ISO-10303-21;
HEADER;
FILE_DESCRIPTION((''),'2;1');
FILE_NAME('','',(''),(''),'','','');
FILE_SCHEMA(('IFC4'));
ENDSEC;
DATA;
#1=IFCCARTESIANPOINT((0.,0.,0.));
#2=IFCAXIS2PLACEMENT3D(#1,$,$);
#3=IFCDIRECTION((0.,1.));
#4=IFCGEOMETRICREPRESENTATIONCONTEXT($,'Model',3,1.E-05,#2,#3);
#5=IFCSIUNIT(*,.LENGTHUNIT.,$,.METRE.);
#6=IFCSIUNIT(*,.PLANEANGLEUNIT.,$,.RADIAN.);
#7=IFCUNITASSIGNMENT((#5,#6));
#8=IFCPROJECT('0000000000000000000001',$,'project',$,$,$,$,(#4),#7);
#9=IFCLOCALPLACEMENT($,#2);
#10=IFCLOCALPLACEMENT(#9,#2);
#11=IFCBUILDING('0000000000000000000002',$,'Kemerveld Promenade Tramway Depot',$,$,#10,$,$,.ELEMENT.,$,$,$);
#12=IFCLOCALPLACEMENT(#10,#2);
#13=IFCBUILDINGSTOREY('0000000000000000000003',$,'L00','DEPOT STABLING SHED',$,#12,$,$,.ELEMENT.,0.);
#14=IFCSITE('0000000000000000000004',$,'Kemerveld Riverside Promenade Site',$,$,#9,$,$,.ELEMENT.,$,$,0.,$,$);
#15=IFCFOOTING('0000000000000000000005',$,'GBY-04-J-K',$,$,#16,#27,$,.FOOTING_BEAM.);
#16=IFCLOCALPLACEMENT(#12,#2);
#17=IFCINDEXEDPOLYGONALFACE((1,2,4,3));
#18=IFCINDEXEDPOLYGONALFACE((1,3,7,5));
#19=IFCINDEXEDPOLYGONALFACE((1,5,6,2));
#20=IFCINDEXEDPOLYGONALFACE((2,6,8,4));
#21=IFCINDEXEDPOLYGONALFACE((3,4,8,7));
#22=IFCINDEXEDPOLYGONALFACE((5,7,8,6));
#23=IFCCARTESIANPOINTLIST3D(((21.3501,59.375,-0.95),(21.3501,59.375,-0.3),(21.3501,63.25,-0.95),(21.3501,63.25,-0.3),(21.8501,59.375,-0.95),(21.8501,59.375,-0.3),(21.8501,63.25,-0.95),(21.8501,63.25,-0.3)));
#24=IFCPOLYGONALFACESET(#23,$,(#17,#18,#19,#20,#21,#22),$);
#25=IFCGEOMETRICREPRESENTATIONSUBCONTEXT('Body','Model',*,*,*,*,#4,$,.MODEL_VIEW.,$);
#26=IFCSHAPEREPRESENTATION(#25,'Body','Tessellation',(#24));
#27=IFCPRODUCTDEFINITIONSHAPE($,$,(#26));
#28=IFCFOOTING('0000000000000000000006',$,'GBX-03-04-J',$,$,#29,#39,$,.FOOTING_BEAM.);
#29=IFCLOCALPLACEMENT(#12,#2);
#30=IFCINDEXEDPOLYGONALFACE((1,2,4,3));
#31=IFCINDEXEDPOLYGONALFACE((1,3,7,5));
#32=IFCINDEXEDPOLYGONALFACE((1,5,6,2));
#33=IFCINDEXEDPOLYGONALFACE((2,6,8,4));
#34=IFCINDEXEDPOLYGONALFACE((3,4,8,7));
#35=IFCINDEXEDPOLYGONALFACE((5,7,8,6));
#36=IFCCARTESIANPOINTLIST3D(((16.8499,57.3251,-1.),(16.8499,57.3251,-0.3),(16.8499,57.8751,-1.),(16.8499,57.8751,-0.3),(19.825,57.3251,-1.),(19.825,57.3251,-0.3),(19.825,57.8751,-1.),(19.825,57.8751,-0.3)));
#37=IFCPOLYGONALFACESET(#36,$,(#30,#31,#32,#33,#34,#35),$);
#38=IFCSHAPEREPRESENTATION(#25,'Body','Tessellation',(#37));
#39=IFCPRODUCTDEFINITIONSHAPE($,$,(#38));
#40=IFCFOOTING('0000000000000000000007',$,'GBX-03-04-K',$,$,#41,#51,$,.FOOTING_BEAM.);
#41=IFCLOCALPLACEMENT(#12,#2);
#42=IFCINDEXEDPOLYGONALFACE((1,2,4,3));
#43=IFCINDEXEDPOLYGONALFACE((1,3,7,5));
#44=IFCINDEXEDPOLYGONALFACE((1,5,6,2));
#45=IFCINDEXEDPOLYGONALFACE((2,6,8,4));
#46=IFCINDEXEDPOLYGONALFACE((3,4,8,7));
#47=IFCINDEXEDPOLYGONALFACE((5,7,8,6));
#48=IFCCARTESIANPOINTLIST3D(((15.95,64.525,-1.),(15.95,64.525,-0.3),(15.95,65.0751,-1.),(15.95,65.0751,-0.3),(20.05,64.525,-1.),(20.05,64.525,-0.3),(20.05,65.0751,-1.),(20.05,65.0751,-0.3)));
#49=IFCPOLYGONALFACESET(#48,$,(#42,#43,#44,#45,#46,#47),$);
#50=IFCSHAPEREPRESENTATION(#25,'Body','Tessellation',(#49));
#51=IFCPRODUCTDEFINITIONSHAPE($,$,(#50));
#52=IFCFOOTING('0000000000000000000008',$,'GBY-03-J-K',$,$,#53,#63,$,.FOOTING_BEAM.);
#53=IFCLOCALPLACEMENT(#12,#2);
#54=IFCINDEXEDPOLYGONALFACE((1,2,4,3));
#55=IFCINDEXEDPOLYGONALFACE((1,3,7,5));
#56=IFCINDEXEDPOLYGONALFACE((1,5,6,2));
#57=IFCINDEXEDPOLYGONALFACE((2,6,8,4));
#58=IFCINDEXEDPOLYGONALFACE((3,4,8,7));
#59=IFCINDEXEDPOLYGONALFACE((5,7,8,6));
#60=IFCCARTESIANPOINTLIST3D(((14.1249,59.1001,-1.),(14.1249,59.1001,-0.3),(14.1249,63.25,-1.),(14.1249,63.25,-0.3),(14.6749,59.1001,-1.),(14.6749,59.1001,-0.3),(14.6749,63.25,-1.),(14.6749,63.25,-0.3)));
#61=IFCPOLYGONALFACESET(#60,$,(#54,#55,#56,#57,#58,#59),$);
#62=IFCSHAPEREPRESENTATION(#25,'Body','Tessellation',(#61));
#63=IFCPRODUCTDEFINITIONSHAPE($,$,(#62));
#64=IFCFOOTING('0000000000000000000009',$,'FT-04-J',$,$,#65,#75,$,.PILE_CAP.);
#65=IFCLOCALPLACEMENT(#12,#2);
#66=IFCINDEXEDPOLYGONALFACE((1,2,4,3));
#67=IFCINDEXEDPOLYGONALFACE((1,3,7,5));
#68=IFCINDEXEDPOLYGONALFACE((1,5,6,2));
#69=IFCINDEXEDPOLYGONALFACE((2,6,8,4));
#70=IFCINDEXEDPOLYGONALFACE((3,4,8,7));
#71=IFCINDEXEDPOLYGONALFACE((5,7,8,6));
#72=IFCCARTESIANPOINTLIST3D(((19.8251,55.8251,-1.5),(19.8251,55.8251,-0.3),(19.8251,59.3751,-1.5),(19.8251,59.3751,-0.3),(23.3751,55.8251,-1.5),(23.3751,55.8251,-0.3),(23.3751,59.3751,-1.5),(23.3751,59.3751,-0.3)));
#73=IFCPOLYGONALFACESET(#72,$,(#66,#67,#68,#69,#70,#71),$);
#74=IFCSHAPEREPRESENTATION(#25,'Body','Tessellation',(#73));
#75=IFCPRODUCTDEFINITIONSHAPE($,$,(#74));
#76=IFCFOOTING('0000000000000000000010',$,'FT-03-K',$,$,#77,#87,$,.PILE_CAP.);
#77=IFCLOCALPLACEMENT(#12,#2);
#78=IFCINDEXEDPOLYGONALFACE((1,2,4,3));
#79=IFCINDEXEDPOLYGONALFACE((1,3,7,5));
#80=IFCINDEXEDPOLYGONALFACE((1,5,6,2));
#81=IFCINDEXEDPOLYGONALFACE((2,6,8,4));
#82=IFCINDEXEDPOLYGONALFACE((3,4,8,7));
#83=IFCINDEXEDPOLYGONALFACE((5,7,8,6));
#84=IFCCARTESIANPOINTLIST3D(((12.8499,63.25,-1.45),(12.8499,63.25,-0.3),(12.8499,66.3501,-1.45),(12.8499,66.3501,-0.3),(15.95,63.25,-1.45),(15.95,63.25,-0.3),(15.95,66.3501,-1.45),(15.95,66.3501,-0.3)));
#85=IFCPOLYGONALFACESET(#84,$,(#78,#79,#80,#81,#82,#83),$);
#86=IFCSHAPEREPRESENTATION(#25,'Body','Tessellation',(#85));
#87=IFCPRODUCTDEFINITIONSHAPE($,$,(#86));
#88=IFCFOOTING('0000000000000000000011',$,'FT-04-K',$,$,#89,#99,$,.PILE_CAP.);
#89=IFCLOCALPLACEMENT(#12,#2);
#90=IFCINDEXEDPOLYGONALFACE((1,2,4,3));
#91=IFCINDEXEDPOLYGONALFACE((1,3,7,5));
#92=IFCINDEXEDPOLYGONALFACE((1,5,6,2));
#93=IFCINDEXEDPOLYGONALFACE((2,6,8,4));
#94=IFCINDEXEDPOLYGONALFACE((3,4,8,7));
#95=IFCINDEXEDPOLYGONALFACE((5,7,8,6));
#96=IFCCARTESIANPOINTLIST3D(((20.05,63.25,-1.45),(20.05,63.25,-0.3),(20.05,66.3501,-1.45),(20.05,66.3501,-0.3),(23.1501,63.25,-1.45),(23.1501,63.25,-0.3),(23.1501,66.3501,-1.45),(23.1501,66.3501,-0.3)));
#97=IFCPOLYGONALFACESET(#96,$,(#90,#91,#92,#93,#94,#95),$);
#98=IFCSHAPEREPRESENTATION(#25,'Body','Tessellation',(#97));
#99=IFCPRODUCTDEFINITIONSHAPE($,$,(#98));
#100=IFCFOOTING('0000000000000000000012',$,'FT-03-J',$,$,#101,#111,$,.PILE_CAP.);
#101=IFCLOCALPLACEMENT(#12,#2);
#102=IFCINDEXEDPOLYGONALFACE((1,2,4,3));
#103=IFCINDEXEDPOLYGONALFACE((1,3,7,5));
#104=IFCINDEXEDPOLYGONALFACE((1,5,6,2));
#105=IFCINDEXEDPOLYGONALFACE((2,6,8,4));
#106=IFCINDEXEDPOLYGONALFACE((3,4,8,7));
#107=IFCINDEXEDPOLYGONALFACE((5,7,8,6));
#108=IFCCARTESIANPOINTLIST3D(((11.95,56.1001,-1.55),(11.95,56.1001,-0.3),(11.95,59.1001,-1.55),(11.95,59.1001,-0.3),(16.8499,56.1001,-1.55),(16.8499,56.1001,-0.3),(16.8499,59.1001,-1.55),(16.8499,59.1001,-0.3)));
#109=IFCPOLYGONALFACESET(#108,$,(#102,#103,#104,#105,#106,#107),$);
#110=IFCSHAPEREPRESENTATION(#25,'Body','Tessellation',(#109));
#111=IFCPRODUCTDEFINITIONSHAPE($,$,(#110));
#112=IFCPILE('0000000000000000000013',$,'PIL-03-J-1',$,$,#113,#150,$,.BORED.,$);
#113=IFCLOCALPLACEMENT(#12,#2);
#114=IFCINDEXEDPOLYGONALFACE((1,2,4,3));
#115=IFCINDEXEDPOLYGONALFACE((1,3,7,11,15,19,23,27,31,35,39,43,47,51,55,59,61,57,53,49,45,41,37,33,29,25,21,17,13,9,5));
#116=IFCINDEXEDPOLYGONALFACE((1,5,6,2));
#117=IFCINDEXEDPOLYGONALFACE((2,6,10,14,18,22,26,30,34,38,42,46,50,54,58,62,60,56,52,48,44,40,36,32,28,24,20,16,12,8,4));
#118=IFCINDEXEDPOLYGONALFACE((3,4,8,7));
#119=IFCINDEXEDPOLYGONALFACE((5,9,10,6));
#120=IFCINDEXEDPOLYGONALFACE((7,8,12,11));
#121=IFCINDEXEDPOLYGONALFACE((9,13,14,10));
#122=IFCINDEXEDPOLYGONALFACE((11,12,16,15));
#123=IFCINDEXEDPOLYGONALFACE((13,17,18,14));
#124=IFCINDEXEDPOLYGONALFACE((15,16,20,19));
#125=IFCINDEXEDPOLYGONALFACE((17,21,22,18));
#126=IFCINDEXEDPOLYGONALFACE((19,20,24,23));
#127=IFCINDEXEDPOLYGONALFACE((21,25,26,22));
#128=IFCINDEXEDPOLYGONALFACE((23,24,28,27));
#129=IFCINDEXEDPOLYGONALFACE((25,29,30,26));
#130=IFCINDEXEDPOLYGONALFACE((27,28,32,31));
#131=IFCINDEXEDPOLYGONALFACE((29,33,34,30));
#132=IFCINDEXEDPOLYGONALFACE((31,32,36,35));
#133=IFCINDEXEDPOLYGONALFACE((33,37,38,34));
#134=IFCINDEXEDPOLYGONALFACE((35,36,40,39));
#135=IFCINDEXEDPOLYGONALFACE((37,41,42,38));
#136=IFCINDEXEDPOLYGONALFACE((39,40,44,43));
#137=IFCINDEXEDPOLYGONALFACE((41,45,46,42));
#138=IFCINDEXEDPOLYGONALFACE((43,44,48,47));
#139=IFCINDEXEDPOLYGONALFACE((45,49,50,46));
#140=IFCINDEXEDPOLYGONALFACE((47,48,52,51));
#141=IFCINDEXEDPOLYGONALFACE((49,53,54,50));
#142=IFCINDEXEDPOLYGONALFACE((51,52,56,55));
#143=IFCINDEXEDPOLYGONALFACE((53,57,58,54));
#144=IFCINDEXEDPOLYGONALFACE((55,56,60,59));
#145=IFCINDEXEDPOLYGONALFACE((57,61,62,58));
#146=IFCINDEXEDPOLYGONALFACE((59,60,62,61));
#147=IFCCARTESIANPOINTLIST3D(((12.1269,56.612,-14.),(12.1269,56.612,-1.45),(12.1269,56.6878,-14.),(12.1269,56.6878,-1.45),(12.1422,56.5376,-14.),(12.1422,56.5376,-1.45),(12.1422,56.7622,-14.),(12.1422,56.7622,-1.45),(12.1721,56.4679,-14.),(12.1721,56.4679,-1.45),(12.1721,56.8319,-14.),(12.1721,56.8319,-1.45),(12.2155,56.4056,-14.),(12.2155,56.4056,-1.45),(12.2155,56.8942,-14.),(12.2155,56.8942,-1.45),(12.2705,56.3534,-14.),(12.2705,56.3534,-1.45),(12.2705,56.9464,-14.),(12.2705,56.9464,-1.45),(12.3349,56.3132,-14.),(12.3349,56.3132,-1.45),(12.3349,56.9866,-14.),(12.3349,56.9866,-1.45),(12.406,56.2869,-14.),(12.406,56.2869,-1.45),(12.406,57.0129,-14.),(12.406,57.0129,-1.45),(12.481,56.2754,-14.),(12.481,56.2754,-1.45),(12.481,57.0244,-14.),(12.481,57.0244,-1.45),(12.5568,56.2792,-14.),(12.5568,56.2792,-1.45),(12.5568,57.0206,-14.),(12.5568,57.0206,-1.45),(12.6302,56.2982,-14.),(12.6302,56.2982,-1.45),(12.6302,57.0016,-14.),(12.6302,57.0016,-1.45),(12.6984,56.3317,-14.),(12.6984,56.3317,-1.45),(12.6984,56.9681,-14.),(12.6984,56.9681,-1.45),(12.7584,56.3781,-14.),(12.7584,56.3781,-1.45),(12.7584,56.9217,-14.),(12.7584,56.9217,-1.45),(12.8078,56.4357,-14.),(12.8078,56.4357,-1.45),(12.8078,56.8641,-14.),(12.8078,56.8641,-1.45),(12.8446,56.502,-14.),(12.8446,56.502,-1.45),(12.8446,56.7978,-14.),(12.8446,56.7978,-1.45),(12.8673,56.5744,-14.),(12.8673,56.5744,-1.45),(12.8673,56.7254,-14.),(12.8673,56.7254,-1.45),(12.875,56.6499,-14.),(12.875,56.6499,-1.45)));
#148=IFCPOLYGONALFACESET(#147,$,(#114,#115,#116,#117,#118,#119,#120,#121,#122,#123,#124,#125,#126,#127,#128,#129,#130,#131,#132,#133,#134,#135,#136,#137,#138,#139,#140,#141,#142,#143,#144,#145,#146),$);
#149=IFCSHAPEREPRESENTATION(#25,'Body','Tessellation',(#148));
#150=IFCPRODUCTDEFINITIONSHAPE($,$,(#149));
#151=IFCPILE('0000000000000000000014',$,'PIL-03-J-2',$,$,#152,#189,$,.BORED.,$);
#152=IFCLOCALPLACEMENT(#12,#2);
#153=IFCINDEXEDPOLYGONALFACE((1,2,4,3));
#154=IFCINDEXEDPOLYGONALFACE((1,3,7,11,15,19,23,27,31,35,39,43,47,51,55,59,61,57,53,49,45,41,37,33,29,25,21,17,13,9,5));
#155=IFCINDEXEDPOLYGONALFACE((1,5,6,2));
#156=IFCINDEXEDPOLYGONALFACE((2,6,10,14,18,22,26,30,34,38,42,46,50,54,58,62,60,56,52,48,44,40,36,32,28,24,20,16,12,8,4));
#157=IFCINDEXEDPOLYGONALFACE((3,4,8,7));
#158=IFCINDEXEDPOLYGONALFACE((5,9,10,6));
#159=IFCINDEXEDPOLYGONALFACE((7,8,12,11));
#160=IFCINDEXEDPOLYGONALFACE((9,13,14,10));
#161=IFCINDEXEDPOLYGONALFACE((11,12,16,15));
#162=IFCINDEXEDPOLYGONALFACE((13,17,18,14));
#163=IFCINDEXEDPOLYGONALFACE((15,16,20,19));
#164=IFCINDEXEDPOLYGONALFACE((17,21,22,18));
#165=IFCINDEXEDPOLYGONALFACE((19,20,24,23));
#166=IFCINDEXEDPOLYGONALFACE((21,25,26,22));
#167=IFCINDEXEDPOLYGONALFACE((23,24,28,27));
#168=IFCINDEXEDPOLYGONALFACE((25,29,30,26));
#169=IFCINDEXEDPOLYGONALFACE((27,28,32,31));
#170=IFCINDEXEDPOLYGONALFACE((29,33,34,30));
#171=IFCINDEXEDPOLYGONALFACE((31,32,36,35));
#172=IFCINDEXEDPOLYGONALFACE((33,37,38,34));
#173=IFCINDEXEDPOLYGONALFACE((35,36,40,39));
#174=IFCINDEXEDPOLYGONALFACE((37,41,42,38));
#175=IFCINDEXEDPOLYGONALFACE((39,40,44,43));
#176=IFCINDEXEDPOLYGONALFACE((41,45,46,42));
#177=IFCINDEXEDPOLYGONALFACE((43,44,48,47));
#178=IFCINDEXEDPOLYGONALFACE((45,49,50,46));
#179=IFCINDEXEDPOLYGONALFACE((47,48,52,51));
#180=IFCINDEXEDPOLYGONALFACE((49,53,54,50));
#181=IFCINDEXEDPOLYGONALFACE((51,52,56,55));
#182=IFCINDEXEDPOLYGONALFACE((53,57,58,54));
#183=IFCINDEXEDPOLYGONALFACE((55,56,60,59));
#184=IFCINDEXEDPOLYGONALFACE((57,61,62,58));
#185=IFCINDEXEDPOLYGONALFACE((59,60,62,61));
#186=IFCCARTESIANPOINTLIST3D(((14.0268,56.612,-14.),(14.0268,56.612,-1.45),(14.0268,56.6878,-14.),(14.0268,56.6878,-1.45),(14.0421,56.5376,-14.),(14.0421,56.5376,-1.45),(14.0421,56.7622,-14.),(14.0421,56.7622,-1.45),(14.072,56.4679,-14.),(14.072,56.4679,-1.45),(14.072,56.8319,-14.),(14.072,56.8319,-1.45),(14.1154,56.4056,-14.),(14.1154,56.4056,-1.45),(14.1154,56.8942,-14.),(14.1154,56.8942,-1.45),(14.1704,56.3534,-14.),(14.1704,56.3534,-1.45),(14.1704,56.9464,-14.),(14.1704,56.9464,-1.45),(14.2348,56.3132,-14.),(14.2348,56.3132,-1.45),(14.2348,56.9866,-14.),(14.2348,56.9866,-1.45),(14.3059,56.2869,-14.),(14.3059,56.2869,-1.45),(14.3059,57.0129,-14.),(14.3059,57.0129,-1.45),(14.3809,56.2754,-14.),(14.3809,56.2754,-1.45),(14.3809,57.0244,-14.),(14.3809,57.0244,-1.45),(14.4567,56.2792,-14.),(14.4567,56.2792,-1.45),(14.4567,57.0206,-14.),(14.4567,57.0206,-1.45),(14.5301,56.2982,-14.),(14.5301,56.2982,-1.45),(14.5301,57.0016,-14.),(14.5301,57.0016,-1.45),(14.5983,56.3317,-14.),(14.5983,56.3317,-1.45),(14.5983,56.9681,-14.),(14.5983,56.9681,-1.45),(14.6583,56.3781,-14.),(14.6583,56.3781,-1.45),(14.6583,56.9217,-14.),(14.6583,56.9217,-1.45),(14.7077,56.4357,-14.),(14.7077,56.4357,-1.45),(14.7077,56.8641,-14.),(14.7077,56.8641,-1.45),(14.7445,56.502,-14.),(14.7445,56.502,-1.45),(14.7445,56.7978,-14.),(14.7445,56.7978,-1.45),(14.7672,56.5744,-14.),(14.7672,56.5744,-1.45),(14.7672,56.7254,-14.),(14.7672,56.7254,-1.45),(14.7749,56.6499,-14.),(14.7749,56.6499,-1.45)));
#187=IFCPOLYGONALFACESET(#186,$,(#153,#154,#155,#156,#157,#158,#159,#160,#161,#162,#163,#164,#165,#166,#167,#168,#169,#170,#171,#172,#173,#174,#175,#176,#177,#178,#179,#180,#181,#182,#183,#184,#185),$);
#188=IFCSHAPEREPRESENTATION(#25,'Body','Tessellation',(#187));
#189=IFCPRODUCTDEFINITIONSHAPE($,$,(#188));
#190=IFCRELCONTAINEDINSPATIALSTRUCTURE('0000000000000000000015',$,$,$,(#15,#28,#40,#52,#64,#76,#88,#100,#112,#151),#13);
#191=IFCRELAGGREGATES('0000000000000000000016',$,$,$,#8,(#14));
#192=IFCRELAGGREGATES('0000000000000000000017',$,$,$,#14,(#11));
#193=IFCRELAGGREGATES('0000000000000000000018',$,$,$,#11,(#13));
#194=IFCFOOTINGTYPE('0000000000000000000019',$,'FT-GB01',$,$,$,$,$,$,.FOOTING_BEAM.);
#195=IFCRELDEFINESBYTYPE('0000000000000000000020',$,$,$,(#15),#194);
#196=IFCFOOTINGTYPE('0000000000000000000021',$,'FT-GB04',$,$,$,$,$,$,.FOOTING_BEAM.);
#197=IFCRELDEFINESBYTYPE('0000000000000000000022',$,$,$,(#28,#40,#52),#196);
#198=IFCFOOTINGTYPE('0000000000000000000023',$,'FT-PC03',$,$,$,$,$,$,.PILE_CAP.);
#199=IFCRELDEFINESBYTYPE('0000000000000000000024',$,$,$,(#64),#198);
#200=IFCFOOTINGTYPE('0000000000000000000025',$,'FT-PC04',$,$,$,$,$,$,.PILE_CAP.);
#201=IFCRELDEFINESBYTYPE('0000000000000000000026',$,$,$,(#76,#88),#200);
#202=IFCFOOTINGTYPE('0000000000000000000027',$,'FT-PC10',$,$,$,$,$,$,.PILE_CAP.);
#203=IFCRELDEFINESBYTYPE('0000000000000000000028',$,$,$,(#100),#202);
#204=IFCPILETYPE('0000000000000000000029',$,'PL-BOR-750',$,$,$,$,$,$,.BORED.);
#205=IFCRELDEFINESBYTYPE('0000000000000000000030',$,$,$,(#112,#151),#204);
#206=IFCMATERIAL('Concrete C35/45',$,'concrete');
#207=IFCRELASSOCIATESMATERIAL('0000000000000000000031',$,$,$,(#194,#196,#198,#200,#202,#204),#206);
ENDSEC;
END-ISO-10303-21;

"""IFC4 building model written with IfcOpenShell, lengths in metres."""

from ifc_helpers import new_model, si_unit, direction, frame, origin, origin_2d, place, context, subcontext, project, spatial, rectangle, circle, extrude, material, material_profile, profile_set, type_object, element, save


model = new_model("IFC4")

# Units and contexts
model_context = context("Model", 3, precision=1e-05, world=origin(), true_north=direction((0.0, 1.0)))
body_context = subcontext(model_context, "Body", "Model", "MODEL_VIEW")
ifc_project = project(units=[si_unit("LENGTHUNIT", "METRE"), si_unit("PLANEANGLEUNIT", "RADIAN")], contexts=[model_context])

# Site, building, storey
site_placement = place(None, origin())
site = spatial("IfcSite", under=ifc_project, at=site_placement, Name="Kemerveld Riverside Promenade Site", CompositionType="ELEMENT", RefElevation=0.0)
building_placement = place(site_placement, origin())
building = spatial("IfcBuilding", under=site, at=building_placement, Name="Kemerveld Promenade Tramway Depot", CompositionType="ELEMENT")
storey_placement = place(building_placement, origin())
storey = spatial("IfcBuildingStorey", under=building, at=storey_placement, Name="L00", Description="DEPOT STABLING SHED", CompositionType="ELEMENT", Elevation=0.0)

# Footings
ifc_material_1 = material(Name="Concrete C35/45", Category="concrete")
footing_type_1 = type_object("IfcFootingType", Name="FT-GB01", PredefinedType="FOOTING_BEAM", material=ifc_material_1)
footing_1_placement = place(storey_placement, frame((21.6001, 61.3125, -0.95), z_axis=(0.0, 0.0, 1.0), x_axis=(0.0, 1.0, 0.0)))
element("IfcFooting", 1, at=footing_1_placement, inside=storey, type_object=footing_type_1, Name="GBY-04-J-K", PredefinedType="FOOTING_BEAM", context=body_context, shape_type="SweptSolid", body=[
    extrude(rectangle(XDim=3.875, YDim=0.5, at=origin_2d()), origin(), (0.0, 0.0, 1.0), 0.6499),
])
footing_type_2 = type_object("IfcFootingType", Name="FT-GB04", PredefinedType="FOOTING_BEAM", material=ifc_material_1)
footing_2_placement = place(storey_placement, frame((18.3374, 57.6001, -1.0), z_axis=(0.0, 0.0, 1.0), x_axis=(1.0, 0.0, 0.0)))
element("IfcFooting", 2, at=footing_2_placement, inside=storey, type_object=footing_type_2, Name="GBX-03-04-J", PredefinedType="FOOTING_BEAM", context=body_context, shape_type="SweptSolid", body=[
    extrude(rectangle(XDim=2.9751, YDim=0.55, at=origin_2d()), origin(), (0.0, 0.0, 1.0), 0.7),
])
footing_3_placement = place(storey_placement, frame((18.0, 64.8, -1.0), z_axis=(0.0, 0.0, 1.0), x_axis=(1.0, 0.0, 0.0)))
element("IfcFooting", 3, at=footing_3_placement, inside=storey, type_object=footing_type_2, Name="GBX-03-04-K", PredefinedType="FOOTING_BEAM", context=body_context, shape_type="SweptSolid", body=[
    extrude(rectangle(XDim=4.1001, YDim=0.55, at=origin_2d()), origin(), (0.0, 0.0, 1.0), 0.7),
])
footing_4_placement = place(storey_placement, frame((14.3999, 61.175, -1.0), z_axis=(0.0, 0.0, 1.0), x_axis=(0.0, 1.0, 0.0)))
element("IfcFooting", 4, at=footing_4_placement, inside=storey, type_object=footing_type_2, Name="GBY-03-J-K", PredefinedType="FOOTING_BEAM", context=body_context, shape_type="SweptSolid", body=[
    extrude(rectangle(XDim=4.1499, YDim=0.55, at=origin_2d()), origin(), (0.0, 0.0, 1.0), 0.7),
])
footing_type_3 = type_object("IfcFootingType", Name="FT-PC03", PredefinedType="PILE_CAP", material=ifc_material_1)
footing_5_placement = place(storey_placement, frame((21.6001, 57.6001, -1.5), z_axis=(0.0, 0.0, 1.0), x_axis=(1.0, 0.0, 0.0)))
element("IfcFooting", 5, at=footing_5_placement, inside=storey, type_object=footing_type_3, Name="FT-04-J", PredefinedType="PILE_CAP", context=body_context, shape_type="SweptSolid", body=[
    extrude(rectangle(XDim=3.55, YDim=3.55, at=origin_2d()), origin(), (0.0, 0.0, 1.0), 1.2),
])
footing_type_4 = type_object("IfcFootingType", Name="FT-PC04", PredefinedType="PILE_CAP", material=ifc_material_1)
for number, where, z_axis, x_axis, name in (
    (6, (14.3999, 64.8, -1.45), (0.0, 0.0, 1.0), (1.0, 0.0, 0.0), "FT-03-K"),
    (7, (21.6001, 64.8, -1.45), (0.0, 0.0, 1.0), (1.0, 0.0, 0.0), "FT-04-K"),
):
    element("IfcFooting", number, at=place(storey_placement, frame(where, z_axis=z_axis, x_axis=x_axis)), inside=storey, type_object=footing_type_4, Name=name, PredefinedType="PILE_CAP", context=body_context, shape_type="SweptSolid", body=[
        extrude(rectangle(XDim=3.1001, YDim=3.1001, at=origin_2d()), origin(), (0.0, 0.0, 1.0), 1.1499),
    ])
footing_type_5 = type_object("IfcFootingType", Name="FT-PC10", PredefinedType="PILE_CAP", material=ifc_material_1)
footing_6_placement = place(storey_placement, frame((14.3999, 57.6001, -1.55), z_axis=(0.0, 0.0, 1.0), x_axis=(1.0, 0.0, 0.0)))
element("IfcFooting", 8, at=footing_6_placement, inside=storey, type_object=footing_type_5, Name="FT-03-J", PredefinedType="PILE_CAP", context=body_context, shape_type="SweptSolid", body=[
    extrude(rectangle(XDim=4.8999, YDim=3.0, at=origin_2d()), origin(), (0.0, 0.0, 1.0), 1.25),
])

# Piles
ifc_material_profile_1 = material_profile(ifc_material_1, circle(Radius=0.375, at=origin_2d()), Name="PILE-D750")
ifc_profile_set_1 = profile_set([ifc_material_profile_1], Name="Concrete C35/45")
pile_type_1 = type_object("IfcPileType", Name="PL-BOR-750", PredefinedType="BORED", material=ifc_profile_set_1)
for number, where, z_axis, x_axis, name in (
    (9, (12.5, 56.6499, -1.45), (0.0, 0.0, -1.0), (1.0, 0.0, 0.0), "PIL-03-J-1"),
    (10, (14.3999, 56.6499, -1.45), (0.0, 0.0, -1.0), (1.0, 0.0, 0.0), "PIL-03-J-2"),
):
    element("IfcPile", number, at=place(storey_placement, frame(where, z_axis=z_axis, x_axis=x_axis)), inside=storey, type_object=pile_type_1, Name=name, PredefinedType="BORED", context=body_context, shape_type="SweptSolid", body=[
        extrude(circle(Radius=0.375, at=origin_2d()), origin(), (0.0, 0.0, 1.0), 12.55),
    ])

save(model, "model.ifc")
